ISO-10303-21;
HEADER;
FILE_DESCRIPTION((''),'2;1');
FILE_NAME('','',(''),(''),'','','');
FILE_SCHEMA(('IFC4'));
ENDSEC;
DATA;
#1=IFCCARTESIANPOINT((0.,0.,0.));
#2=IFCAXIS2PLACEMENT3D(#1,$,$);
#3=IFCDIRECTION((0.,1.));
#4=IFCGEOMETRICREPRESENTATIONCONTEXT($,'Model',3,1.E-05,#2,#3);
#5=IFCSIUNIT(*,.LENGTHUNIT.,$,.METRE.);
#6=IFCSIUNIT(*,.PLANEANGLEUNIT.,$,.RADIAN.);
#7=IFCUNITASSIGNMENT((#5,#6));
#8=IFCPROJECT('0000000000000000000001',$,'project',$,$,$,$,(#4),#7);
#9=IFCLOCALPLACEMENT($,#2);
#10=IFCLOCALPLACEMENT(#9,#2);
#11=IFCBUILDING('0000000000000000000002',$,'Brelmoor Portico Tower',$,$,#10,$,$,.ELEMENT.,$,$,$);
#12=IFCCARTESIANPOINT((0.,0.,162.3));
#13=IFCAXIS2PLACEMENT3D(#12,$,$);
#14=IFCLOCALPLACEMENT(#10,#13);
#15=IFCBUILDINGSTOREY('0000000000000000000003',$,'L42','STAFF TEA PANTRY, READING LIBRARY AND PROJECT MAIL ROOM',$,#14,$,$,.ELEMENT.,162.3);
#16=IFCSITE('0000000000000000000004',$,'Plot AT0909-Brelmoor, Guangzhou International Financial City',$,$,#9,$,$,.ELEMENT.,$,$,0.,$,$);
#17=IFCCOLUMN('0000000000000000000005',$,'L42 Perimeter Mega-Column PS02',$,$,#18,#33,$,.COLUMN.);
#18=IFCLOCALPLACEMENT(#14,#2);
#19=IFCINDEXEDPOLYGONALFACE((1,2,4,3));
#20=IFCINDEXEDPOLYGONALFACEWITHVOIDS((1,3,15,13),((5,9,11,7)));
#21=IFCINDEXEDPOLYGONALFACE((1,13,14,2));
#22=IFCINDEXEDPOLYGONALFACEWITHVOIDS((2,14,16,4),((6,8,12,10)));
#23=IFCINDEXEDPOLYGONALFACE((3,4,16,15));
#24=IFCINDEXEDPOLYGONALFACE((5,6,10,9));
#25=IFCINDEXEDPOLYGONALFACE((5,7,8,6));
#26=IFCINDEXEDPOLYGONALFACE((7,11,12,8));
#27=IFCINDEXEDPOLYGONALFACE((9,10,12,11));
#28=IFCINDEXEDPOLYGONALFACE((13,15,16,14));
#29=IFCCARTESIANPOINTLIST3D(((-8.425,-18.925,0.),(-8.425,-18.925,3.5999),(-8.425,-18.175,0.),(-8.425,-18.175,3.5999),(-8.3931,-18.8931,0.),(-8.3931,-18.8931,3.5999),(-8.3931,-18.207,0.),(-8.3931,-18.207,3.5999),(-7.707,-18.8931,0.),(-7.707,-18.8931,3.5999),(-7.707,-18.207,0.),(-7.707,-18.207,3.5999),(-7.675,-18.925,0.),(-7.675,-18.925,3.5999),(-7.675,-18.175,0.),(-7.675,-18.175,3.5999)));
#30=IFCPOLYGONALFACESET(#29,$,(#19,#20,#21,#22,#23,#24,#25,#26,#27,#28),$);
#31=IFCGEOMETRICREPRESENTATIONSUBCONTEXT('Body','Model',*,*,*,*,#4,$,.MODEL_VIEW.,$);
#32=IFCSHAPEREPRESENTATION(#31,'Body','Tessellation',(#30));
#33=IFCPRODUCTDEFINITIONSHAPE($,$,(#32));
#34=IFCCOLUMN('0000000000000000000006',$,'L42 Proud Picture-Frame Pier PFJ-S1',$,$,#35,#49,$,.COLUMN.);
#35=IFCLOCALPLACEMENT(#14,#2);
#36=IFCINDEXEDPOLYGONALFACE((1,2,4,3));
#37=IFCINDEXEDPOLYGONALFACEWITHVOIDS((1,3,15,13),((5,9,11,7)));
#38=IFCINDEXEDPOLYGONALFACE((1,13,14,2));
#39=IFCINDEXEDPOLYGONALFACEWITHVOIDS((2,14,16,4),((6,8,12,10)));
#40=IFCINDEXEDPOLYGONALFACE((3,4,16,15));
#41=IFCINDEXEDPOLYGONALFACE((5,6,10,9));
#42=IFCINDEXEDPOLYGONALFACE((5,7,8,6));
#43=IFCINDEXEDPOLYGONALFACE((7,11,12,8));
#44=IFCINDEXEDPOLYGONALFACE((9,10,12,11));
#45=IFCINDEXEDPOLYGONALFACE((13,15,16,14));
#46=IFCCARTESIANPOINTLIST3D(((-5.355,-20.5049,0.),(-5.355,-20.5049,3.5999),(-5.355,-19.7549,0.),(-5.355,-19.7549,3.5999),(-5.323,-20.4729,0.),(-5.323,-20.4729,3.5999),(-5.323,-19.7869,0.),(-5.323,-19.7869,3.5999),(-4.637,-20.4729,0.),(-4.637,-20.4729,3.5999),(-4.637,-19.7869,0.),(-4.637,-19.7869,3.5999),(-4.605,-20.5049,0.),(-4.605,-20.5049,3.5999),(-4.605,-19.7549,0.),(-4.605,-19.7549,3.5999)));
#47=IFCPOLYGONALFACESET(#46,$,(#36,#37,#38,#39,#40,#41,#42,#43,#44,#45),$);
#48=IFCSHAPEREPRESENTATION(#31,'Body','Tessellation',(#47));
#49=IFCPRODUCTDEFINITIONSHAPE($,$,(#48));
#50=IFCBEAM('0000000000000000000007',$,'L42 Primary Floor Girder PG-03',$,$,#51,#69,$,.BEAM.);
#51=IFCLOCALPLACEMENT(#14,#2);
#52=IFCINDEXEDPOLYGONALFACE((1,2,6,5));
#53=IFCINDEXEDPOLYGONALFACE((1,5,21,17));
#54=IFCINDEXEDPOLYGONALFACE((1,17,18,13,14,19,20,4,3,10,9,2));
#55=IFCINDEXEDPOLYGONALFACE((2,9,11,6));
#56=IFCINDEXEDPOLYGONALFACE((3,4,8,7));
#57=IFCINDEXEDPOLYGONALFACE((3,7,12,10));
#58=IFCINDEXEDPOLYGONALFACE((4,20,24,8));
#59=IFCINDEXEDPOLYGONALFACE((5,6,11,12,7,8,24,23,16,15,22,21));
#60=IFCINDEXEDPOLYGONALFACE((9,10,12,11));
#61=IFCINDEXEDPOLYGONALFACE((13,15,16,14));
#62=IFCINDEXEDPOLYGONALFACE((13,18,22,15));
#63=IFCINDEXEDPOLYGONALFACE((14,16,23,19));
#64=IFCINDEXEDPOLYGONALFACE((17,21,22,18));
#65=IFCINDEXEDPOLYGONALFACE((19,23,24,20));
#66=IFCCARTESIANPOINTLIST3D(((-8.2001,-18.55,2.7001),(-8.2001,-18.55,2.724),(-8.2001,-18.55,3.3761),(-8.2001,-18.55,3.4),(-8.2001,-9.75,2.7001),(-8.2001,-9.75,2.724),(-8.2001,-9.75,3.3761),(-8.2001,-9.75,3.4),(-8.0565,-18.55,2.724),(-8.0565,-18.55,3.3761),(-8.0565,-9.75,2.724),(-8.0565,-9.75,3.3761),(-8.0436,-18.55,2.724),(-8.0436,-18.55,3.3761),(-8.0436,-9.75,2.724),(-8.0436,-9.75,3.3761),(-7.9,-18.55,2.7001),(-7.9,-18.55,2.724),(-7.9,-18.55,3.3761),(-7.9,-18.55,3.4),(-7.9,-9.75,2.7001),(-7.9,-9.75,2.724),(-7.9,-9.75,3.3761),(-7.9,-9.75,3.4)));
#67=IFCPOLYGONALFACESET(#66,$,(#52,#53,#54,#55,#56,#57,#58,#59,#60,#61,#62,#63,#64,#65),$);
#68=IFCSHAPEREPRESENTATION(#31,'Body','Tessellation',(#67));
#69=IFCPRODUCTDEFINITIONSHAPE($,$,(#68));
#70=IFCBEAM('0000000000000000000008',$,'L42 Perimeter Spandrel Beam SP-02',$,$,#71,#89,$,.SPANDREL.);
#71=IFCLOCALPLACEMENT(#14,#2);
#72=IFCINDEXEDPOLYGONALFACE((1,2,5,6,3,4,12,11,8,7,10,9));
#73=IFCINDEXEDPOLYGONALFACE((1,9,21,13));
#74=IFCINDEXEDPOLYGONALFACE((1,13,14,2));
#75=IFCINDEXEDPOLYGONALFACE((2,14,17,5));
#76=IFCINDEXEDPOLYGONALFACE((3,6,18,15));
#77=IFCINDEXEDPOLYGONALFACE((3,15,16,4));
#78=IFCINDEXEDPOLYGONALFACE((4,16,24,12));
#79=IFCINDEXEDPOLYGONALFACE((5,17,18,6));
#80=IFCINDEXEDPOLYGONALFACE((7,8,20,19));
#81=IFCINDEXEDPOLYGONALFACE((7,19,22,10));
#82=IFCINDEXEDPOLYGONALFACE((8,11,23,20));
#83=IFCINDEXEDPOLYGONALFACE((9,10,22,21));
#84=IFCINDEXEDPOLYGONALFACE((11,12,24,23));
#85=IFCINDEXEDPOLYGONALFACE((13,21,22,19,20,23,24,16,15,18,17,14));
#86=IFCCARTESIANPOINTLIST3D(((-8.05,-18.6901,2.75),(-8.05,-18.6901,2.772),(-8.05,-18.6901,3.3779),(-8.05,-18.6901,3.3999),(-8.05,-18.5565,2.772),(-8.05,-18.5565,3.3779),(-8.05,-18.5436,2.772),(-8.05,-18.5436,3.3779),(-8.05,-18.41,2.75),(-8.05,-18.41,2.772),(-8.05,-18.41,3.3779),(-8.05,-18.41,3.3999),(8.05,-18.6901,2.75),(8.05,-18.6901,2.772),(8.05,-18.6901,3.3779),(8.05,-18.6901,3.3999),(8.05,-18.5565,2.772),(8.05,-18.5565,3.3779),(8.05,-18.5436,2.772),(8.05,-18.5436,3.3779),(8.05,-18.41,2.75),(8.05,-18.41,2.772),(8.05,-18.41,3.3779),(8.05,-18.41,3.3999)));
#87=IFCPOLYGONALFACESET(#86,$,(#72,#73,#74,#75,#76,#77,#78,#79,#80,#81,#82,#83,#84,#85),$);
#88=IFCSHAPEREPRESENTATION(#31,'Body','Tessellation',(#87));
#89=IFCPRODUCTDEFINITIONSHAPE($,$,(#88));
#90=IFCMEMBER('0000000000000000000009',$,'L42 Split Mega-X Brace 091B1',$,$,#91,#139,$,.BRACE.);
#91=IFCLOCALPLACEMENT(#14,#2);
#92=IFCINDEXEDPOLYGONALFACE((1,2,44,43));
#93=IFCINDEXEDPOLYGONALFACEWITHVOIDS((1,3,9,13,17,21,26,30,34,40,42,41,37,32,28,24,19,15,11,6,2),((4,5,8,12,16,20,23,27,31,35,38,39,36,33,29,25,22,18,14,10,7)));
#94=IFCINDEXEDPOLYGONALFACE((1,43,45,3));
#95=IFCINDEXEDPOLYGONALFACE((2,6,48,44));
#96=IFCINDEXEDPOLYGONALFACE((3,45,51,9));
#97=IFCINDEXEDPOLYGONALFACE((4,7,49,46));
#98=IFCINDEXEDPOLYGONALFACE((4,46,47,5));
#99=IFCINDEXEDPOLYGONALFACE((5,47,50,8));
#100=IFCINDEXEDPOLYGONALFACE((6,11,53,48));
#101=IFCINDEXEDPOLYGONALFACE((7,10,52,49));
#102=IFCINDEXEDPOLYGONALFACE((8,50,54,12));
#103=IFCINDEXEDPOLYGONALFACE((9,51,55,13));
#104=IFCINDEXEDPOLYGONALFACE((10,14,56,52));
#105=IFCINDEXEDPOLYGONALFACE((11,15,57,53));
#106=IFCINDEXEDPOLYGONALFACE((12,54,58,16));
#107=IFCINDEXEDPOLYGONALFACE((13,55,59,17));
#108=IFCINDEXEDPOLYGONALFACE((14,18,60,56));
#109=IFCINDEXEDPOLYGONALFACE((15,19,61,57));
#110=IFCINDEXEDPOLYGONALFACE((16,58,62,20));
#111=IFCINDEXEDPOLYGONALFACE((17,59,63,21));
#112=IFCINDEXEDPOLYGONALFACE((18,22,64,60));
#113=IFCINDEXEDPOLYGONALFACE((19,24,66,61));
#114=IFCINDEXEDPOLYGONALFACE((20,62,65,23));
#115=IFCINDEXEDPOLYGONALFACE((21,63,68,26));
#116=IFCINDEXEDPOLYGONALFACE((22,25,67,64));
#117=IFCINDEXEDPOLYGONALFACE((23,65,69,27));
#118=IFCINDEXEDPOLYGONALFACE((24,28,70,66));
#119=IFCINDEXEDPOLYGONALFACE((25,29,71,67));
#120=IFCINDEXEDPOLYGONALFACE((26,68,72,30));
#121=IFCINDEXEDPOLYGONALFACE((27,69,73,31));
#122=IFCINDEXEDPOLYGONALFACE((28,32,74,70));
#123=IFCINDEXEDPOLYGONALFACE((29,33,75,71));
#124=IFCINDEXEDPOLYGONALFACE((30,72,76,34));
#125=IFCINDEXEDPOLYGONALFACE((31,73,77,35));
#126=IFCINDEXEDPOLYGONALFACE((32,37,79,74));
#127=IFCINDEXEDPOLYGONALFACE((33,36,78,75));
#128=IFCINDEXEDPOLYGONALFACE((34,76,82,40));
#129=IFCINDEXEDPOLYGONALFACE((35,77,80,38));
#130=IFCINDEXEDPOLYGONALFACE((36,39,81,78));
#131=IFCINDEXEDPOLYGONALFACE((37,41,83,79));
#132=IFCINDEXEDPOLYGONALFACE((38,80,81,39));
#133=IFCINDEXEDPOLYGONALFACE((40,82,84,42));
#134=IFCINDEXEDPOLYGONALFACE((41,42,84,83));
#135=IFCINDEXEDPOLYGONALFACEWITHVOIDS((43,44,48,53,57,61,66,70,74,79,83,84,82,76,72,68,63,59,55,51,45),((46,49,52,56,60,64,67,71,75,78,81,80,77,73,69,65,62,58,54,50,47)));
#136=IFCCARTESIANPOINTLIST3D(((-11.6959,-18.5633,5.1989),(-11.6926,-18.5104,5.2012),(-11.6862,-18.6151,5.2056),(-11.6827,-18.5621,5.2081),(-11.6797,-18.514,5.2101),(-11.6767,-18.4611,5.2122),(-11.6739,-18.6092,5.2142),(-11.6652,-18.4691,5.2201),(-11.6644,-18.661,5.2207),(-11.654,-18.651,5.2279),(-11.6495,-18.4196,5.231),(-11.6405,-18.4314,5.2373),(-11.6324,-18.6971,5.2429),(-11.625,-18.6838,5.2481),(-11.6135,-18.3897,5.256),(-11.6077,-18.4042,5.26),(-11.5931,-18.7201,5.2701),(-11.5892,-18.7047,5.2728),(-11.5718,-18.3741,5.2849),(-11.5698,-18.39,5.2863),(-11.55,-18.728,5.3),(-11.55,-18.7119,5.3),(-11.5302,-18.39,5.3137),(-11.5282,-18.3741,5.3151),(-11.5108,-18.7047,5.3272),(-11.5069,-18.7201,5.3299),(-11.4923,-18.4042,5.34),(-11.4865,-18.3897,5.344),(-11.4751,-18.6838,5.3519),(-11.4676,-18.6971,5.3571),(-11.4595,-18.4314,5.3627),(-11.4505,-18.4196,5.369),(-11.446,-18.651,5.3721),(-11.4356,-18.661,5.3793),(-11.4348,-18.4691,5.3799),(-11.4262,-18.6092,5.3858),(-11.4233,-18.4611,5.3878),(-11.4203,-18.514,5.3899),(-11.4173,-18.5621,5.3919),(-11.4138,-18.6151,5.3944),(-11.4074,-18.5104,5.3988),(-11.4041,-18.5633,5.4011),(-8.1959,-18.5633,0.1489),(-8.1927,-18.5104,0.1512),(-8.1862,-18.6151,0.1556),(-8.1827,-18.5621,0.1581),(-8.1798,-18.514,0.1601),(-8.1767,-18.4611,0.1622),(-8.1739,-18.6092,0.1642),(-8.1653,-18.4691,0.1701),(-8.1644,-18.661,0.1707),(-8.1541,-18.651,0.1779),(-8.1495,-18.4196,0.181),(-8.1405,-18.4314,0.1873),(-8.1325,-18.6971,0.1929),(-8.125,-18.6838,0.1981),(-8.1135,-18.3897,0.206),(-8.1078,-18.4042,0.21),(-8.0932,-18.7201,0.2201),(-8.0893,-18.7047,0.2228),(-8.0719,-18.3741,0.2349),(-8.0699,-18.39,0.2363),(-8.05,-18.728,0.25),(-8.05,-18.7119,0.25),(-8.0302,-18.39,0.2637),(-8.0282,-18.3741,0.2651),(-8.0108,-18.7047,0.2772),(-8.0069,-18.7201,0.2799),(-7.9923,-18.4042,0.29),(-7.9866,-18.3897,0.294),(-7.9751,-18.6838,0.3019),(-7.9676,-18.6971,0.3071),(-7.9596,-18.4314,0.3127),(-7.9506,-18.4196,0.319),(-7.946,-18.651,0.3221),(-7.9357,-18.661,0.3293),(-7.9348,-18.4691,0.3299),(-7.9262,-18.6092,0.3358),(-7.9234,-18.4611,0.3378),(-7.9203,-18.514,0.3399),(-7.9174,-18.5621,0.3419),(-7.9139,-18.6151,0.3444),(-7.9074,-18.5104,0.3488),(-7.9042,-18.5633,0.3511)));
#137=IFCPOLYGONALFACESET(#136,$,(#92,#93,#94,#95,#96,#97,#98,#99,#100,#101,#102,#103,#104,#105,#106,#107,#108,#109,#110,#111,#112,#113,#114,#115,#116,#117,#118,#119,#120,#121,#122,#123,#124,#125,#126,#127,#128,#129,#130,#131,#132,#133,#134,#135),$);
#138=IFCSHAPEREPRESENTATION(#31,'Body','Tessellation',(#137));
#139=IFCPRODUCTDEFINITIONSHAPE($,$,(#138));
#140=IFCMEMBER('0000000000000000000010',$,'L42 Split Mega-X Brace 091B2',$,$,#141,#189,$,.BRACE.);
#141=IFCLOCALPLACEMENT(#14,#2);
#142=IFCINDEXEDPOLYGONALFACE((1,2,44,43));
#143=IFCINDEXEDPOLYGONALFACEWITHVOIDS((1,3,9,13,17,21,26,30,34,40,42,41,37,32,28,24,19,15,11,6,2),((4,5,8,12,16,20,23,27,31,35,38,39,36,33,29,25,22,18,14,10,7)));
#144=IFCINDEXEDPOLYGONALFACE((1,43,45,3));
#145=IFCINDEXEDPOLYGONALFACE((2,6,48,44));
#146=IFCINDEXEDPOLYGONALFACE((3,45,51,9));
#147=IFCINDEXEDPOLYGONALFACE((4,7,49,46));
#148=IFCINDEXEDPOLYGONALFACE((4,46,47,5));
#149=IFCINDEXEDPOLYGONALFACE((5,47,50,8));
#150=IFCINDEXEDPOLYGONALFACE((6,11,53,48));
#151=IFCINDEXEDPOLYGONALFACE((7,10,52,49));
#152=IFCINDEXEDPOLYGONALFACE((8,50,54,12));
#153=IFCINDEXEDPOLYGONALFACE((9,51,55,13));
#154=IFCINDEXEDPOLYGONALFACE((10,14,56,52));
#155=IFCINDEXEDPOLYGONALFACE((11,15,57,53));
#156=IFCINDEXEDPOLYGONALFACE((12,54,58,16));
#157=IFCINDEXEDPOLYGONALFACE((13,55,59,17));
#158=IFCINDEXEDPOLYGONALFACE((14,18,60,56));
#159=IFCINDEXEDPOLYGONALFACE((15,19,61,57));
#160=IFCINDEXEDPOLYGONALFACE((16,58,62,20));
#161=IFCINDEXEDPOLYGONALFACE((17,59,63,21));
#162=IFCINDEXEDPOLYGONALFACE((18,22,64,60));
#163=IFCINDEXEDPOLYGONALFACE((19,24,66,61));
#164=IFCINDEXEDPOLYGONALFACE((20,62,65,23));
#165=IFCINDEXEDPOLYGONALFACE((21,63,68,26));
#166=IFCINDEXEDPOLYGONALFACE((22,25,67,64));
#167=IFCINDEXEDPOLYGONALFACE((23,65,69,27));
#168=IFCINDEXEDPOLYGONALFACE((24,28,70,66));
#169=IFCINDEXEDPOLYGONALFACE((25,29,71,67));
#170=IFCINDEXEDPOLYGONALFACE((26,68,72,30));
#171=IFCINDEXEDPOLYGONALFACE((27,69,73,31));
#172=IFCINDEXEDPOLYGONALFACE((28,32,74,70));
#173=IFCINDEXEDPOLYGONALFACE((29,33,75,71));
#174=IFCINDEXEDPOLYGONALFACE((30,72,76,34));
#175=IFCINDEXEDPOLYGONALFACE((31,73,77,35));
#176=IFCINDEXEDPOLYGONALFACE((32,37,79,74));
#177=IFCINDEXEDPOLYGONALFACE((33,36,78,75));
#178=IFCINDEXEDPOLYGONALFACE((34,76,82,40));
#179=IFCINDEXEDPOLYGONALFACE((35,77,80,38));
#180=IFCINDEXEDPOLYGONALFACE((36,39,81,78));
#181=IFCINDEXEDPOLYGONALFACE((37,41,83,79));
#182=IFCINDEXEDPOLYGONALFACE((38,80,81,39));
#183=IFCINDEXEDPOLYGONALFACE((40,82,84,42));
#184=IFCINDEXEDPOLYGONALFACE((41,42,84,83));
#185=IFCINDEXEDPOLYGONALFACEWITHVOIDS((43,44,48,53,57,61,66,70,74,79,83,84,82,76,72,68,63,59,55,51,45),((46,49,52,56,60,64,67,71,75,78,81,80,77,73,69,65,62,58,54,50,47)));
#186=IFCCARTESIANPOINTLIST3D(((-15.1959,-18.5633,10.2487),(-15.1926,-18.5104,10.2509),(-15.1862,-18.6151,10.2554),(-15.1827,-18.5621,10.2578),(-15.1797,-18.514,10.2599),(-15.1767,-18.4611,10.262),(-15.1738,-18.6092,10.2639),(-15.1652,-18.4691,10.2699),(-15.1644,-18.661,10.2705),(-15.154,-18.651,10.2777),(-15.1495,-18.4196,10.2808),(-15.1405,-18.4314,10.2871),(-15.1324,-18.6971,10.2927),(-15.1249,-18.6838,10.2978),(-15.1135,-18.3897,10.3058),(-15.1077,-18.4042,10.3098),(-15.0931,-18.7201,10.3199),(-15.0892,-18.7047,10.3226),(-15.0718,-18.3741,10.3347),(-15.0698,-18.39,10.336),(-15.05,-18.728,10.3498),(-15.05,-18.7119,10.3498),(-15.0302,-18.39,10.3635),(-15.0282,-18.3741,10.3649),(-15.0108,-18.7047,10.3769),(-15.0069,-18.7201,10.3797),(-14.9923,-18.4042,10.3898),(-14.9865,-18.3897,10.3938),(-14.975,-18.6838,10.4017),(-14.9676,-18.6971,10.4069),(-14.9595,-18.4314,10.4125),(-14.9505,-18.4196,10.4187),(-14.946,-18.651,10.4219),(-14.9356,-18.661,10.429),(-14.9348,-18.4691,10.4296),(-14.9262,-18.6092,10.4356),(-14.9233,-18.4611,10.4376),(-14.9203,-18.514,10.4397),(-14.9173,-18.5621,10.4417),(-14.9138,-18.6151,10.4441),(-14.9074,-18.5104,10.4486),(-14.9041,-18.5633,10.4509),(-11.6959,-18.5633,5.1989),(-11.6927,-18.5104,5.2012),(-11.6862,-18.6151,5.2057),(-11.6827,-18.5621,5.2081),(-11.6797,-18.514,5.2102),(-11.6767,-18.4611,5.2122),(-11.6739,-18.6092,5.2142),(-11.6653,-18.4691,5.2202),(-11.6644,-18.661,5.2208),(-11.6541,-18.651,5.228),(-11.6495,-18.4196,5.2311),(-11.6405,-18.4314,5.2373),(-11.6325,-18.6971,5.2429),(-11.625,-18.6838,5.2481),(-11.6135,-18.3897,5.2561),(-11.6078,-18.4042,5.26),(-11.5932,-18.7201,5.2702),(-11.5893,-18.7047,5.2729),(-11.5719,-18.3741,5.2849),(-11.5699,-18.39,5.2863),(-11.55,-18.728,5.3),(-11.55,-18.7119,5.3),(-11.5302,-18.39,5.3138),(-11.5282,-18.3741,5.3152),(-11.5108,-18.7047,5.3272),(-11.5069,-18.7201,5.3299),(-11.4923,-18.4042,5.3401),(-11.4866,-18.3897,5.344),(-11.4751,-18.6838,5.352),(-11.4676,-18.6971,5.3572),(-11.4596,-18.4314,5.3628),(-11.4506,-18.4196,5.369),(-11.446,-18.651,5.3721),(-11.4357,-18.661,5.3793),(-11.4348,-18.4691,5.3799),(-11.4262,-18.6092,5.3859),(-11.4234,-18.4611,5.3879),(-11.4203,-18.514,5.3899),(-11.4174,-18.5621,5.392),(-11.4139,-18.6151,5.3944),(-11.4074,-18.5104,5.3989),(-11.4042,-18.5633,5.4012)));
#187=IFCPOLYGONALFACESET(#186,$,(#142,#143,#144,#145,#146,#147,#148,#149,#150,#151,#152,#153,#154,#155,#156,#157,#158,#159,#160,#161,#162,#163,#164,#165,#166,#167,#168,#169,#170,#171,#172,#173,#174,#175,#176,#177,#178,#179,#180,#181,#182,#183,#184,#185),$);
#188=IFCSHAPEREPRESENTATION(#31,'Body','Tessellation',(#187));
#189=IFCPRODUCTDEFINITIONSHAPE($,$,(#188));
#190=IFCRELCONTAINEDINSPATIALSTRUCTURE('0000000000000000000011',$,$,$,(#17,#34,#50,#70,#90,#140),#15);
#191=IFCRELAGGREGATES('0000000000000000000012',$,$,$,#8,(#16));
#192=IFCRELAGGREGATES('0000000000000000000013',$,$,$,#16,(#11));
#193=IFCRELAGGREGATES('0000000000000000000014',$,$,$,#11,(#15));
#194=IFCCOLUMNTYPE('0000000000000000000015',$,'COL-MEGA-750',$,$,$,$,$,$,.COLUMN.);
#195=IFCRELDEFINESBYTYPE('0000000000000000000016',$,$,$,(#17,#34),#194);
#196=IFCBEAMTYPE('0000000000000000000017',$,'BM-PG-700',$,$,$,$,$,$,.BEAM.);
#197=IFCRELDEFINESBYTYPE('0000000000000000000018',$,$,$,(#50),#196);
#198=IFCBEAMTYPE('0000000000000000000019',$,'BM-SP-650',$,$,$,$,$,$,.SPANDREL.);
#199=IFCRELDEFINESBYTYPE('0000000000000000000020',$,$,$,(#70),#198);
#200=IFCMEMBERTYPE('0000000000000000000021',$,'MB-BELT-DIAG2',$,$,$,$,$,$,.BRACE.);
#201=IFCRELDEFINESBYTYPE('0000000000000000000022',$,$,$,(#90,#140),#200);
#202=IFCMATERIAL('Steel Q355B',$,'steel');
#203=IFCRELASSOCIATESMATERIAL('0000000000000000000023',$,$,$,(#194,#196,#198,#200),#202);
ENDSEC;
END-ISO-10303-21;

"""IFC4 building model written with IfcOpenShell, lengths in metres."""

from ifc_helpers import new_model, si_unit, direction, frame, origin, origin_2d, place, context, subcontext, project, spatial, hollow_rectangle, hollow_circle, i_section, extrude, material, material_profile, profile_set, type_object, element, save


model = new_model("IFC4")

# Units and contexts
model_context = context("Model", 3, precision=1e-05, world=origin(), true_north=direction((0.0, 1.0)))
body_context = subcontext(model_context, "Body", "Model", "MODEL_VIEW")
ifc_project = project(units=[si_unit("LENGTHUNIT", "METRE"), si_unit("PLANEANGLEUNIT", "RADIAN")], contexts=[model_context])

# Site, building, storey
site_placement = place(None, origin())
site = spatial("IfcSite", under=ifc_project, at=site_placement, Name="Plot AT0909-Brelmoor, Guangzhou International Financial City", CompositionType="ELEMENT", RefElevation=0.0)
building_placement = place(site_placement, origin())
building = spatial("IfcBuilding", under=site, at=building_placement, Name="Brelmoor Portico Tower", CompositionType="ELEMENT")
storey_placement = place(building_placement, frame((0.0, 0.0, 162.3)))
storey = spatial("IfcBuildingStorey", under=building, at=storey_placement, Name="L42", Description="STAFF TEA PANTRY, READING LIBRARY AND PROJECT MAIL ROOM", CompositionType="ELEMENT", Elevation=162.3)

# Columns
ifc_material_1 = material(Name="Steel Q355B", Category="steel")
ifc_material_profile_1 = material_profile(ifc_material_1, hollow_rectangle(XDim=0.75, YDim=0.75, WallThickness=0.032, at=origin_2d()), Name="BOX 750x750x32")
ifc_profile_set_1 = profile_set([ifc_material_profile_1], Name="Steel Q355B")
column_type = type_object("IfcColumnType", Name="COL-MEGA-750", PredefinedType="COLUMN", material=ifc_profile_set_1)
for number, where, z_axis, x_axis, name in (
    (1, (-8.05, -18.55, 0.0), (0.0, 0.0, 1.0), (1.0, 0.0, 0.0), "L42 Perimeter Mega-Column PS02"),
    (2, (-4.98, -20.1299, 0.0), (0.0, 0.0, 1.0), (1.0, 0.0, 0.0), "L42 Proud Picture-Frame Pier PFJ-S1"),
):
    element("IfcColumn", number, at=place(storey_placement, frame(where, z_axis=z_axis, x_axis=x_axis)), inside=storey, type_object=column_type, Name=name, PredefinedType="COLUMN", context=body_context, shape_type="SweptSolid", body=[
        extrude(hollow_rectangle(XDim=0.75, YDim=0.75, WallThickness=0.032, at=origin_2d()), origin(), (0.0, 0.0, 1.0), 3.5999),
    ])

# Beams
ifc_material_profile_2 = material_profile(ifc_material_1, i_section(OverallWidth=0.3, OverallDepth=0.7, WebThickness=0.0129, FlangeThickness=0.0239, at=origin_2d()), Name="HN 700x300x13x24")
ifc_profile_set_2 = profile_set([ifc_material_profile_2], Name="Steel Q355B")
beam_type_1 = type_object("IfcBeamType", Name="BM-PG-700", PredefinedType="BEAM", material=ifc_profile_set_2)
beam_1_placement = place(storey_placement, frame((-8.05, -18.55, 3.05), z_axis=(0.0, 1.0, 0.0), x_axis=(-1.0, 0.0, 0.0)))
element("IfcBeam", 3, at=beam_1_placement, inside=storey, type_object=beam_type_1, Name="L42 Primary Floor Girder PG-03", PredefinedType="BEAM", context=body_context, shape_type="SweptSolid", body=[
    extrude(i_section(OverallWidth=0.3, OverallDepth=0.7, WebThickness=0.0129, FlangeThickness=0.0239, at=origin_2d()), origin(), (0.0, 0.0, 1.0), 8.8),
])
ifc_material_profile_3 = material_profile(ifc_material_1, i_section(OverallWidth=0.28, OverallDepth=0.6499, WebThickness=0.0129, FlangeThickness=0.022, at=origin_2d()), Name="HN 650x280x13x22")
ifc_profile_set_3 = profile_set([ifc_material_profile_3], Name="Steel Q355B")
beam_type_2 = type_object("IfcBeamType", Name="BM-SP-650", PredefinedType="SPANDREL", material=ifc_profile_set_3)
beam_2_placement = place(storey_placement, frame((-8.05, -18.55, 3.075), z_axis=(1.0, 0.0, 0.0), x_axis=(0.0, 1.0, 0.0)))
element("IfcBeam", 4, at=beam_2_placement, inside=storey, type_object=beam_type_2, Name="L42 Perimeter Spandrel Beam SP-02", PredefinedType="SPANDREL", context=body_context, shape_type="SweptSolid", body=[
    extrude(i_section(OverallWidth=0.28, OverallDepth=0.6499, WebThickness=0.0129, FlangeThickness=0.022, at=origin_2d()), origin(), (0.0, 0.0, 1.0), 16.1001),
])

# Members
ifc_material_profile_4 = material_profile(ifc_material_1, hollow_circle(Radius=0.178, WallThickness=0.0161, at=origin_2d()), Name="CHS 356x16")
ifc_profile_set_4 = profile_set([ifc_material_profile_4], Name="Steel Q355B")
member_type_1 = type_object("IfcMemberType", Name="MB-BELT-DIAG2", PredefinedType="BRACE", material=ifc_profile_set_4)
member_1_placement = place(storey_placement, frame((-8.05, -18.55, 0.25), z_axis=(-0.569629, 0.0, 0.821902), x_axis=(0.0, -1.0, 0.0)))
element("IfcMember", 5, at=member_1_placement, inside=storey, type_object=member_type_1, Name="L42 Split Mega-X Brace 091B1", PredefinedType="BRACE", context=body_context, shape_type="SweptSolid", body=[
    extrude(hollow_circle(Radius=0.178, WallThickness=0.0161, at=origin_2d()), origin(), (0.0, 0.0, 1.0), 6.1443),
])
member_2_placement = place(storey_placement, frame((-11.55, -18.55, 5.3), z_axis=(-0.569648, 0.0, 0.821889), x_axis=(0.0, -1.0, 0.0)))
element("IfcMember", 6, at=member_2_placement, inside=storey, type_object=member_type_1, Name="L42 Split Mega-X Brace 091B2", PredefinedType="BRACE", context=body_context, shape_type="SweptSolid", body=[
    extrude(hollow_circle(Radius=0.178, WallThickness=0.0161, at=origin_2d()), origin(), (0.0, 0.0, 1.0), 6.144),
])

save(model, "model.ifc")
